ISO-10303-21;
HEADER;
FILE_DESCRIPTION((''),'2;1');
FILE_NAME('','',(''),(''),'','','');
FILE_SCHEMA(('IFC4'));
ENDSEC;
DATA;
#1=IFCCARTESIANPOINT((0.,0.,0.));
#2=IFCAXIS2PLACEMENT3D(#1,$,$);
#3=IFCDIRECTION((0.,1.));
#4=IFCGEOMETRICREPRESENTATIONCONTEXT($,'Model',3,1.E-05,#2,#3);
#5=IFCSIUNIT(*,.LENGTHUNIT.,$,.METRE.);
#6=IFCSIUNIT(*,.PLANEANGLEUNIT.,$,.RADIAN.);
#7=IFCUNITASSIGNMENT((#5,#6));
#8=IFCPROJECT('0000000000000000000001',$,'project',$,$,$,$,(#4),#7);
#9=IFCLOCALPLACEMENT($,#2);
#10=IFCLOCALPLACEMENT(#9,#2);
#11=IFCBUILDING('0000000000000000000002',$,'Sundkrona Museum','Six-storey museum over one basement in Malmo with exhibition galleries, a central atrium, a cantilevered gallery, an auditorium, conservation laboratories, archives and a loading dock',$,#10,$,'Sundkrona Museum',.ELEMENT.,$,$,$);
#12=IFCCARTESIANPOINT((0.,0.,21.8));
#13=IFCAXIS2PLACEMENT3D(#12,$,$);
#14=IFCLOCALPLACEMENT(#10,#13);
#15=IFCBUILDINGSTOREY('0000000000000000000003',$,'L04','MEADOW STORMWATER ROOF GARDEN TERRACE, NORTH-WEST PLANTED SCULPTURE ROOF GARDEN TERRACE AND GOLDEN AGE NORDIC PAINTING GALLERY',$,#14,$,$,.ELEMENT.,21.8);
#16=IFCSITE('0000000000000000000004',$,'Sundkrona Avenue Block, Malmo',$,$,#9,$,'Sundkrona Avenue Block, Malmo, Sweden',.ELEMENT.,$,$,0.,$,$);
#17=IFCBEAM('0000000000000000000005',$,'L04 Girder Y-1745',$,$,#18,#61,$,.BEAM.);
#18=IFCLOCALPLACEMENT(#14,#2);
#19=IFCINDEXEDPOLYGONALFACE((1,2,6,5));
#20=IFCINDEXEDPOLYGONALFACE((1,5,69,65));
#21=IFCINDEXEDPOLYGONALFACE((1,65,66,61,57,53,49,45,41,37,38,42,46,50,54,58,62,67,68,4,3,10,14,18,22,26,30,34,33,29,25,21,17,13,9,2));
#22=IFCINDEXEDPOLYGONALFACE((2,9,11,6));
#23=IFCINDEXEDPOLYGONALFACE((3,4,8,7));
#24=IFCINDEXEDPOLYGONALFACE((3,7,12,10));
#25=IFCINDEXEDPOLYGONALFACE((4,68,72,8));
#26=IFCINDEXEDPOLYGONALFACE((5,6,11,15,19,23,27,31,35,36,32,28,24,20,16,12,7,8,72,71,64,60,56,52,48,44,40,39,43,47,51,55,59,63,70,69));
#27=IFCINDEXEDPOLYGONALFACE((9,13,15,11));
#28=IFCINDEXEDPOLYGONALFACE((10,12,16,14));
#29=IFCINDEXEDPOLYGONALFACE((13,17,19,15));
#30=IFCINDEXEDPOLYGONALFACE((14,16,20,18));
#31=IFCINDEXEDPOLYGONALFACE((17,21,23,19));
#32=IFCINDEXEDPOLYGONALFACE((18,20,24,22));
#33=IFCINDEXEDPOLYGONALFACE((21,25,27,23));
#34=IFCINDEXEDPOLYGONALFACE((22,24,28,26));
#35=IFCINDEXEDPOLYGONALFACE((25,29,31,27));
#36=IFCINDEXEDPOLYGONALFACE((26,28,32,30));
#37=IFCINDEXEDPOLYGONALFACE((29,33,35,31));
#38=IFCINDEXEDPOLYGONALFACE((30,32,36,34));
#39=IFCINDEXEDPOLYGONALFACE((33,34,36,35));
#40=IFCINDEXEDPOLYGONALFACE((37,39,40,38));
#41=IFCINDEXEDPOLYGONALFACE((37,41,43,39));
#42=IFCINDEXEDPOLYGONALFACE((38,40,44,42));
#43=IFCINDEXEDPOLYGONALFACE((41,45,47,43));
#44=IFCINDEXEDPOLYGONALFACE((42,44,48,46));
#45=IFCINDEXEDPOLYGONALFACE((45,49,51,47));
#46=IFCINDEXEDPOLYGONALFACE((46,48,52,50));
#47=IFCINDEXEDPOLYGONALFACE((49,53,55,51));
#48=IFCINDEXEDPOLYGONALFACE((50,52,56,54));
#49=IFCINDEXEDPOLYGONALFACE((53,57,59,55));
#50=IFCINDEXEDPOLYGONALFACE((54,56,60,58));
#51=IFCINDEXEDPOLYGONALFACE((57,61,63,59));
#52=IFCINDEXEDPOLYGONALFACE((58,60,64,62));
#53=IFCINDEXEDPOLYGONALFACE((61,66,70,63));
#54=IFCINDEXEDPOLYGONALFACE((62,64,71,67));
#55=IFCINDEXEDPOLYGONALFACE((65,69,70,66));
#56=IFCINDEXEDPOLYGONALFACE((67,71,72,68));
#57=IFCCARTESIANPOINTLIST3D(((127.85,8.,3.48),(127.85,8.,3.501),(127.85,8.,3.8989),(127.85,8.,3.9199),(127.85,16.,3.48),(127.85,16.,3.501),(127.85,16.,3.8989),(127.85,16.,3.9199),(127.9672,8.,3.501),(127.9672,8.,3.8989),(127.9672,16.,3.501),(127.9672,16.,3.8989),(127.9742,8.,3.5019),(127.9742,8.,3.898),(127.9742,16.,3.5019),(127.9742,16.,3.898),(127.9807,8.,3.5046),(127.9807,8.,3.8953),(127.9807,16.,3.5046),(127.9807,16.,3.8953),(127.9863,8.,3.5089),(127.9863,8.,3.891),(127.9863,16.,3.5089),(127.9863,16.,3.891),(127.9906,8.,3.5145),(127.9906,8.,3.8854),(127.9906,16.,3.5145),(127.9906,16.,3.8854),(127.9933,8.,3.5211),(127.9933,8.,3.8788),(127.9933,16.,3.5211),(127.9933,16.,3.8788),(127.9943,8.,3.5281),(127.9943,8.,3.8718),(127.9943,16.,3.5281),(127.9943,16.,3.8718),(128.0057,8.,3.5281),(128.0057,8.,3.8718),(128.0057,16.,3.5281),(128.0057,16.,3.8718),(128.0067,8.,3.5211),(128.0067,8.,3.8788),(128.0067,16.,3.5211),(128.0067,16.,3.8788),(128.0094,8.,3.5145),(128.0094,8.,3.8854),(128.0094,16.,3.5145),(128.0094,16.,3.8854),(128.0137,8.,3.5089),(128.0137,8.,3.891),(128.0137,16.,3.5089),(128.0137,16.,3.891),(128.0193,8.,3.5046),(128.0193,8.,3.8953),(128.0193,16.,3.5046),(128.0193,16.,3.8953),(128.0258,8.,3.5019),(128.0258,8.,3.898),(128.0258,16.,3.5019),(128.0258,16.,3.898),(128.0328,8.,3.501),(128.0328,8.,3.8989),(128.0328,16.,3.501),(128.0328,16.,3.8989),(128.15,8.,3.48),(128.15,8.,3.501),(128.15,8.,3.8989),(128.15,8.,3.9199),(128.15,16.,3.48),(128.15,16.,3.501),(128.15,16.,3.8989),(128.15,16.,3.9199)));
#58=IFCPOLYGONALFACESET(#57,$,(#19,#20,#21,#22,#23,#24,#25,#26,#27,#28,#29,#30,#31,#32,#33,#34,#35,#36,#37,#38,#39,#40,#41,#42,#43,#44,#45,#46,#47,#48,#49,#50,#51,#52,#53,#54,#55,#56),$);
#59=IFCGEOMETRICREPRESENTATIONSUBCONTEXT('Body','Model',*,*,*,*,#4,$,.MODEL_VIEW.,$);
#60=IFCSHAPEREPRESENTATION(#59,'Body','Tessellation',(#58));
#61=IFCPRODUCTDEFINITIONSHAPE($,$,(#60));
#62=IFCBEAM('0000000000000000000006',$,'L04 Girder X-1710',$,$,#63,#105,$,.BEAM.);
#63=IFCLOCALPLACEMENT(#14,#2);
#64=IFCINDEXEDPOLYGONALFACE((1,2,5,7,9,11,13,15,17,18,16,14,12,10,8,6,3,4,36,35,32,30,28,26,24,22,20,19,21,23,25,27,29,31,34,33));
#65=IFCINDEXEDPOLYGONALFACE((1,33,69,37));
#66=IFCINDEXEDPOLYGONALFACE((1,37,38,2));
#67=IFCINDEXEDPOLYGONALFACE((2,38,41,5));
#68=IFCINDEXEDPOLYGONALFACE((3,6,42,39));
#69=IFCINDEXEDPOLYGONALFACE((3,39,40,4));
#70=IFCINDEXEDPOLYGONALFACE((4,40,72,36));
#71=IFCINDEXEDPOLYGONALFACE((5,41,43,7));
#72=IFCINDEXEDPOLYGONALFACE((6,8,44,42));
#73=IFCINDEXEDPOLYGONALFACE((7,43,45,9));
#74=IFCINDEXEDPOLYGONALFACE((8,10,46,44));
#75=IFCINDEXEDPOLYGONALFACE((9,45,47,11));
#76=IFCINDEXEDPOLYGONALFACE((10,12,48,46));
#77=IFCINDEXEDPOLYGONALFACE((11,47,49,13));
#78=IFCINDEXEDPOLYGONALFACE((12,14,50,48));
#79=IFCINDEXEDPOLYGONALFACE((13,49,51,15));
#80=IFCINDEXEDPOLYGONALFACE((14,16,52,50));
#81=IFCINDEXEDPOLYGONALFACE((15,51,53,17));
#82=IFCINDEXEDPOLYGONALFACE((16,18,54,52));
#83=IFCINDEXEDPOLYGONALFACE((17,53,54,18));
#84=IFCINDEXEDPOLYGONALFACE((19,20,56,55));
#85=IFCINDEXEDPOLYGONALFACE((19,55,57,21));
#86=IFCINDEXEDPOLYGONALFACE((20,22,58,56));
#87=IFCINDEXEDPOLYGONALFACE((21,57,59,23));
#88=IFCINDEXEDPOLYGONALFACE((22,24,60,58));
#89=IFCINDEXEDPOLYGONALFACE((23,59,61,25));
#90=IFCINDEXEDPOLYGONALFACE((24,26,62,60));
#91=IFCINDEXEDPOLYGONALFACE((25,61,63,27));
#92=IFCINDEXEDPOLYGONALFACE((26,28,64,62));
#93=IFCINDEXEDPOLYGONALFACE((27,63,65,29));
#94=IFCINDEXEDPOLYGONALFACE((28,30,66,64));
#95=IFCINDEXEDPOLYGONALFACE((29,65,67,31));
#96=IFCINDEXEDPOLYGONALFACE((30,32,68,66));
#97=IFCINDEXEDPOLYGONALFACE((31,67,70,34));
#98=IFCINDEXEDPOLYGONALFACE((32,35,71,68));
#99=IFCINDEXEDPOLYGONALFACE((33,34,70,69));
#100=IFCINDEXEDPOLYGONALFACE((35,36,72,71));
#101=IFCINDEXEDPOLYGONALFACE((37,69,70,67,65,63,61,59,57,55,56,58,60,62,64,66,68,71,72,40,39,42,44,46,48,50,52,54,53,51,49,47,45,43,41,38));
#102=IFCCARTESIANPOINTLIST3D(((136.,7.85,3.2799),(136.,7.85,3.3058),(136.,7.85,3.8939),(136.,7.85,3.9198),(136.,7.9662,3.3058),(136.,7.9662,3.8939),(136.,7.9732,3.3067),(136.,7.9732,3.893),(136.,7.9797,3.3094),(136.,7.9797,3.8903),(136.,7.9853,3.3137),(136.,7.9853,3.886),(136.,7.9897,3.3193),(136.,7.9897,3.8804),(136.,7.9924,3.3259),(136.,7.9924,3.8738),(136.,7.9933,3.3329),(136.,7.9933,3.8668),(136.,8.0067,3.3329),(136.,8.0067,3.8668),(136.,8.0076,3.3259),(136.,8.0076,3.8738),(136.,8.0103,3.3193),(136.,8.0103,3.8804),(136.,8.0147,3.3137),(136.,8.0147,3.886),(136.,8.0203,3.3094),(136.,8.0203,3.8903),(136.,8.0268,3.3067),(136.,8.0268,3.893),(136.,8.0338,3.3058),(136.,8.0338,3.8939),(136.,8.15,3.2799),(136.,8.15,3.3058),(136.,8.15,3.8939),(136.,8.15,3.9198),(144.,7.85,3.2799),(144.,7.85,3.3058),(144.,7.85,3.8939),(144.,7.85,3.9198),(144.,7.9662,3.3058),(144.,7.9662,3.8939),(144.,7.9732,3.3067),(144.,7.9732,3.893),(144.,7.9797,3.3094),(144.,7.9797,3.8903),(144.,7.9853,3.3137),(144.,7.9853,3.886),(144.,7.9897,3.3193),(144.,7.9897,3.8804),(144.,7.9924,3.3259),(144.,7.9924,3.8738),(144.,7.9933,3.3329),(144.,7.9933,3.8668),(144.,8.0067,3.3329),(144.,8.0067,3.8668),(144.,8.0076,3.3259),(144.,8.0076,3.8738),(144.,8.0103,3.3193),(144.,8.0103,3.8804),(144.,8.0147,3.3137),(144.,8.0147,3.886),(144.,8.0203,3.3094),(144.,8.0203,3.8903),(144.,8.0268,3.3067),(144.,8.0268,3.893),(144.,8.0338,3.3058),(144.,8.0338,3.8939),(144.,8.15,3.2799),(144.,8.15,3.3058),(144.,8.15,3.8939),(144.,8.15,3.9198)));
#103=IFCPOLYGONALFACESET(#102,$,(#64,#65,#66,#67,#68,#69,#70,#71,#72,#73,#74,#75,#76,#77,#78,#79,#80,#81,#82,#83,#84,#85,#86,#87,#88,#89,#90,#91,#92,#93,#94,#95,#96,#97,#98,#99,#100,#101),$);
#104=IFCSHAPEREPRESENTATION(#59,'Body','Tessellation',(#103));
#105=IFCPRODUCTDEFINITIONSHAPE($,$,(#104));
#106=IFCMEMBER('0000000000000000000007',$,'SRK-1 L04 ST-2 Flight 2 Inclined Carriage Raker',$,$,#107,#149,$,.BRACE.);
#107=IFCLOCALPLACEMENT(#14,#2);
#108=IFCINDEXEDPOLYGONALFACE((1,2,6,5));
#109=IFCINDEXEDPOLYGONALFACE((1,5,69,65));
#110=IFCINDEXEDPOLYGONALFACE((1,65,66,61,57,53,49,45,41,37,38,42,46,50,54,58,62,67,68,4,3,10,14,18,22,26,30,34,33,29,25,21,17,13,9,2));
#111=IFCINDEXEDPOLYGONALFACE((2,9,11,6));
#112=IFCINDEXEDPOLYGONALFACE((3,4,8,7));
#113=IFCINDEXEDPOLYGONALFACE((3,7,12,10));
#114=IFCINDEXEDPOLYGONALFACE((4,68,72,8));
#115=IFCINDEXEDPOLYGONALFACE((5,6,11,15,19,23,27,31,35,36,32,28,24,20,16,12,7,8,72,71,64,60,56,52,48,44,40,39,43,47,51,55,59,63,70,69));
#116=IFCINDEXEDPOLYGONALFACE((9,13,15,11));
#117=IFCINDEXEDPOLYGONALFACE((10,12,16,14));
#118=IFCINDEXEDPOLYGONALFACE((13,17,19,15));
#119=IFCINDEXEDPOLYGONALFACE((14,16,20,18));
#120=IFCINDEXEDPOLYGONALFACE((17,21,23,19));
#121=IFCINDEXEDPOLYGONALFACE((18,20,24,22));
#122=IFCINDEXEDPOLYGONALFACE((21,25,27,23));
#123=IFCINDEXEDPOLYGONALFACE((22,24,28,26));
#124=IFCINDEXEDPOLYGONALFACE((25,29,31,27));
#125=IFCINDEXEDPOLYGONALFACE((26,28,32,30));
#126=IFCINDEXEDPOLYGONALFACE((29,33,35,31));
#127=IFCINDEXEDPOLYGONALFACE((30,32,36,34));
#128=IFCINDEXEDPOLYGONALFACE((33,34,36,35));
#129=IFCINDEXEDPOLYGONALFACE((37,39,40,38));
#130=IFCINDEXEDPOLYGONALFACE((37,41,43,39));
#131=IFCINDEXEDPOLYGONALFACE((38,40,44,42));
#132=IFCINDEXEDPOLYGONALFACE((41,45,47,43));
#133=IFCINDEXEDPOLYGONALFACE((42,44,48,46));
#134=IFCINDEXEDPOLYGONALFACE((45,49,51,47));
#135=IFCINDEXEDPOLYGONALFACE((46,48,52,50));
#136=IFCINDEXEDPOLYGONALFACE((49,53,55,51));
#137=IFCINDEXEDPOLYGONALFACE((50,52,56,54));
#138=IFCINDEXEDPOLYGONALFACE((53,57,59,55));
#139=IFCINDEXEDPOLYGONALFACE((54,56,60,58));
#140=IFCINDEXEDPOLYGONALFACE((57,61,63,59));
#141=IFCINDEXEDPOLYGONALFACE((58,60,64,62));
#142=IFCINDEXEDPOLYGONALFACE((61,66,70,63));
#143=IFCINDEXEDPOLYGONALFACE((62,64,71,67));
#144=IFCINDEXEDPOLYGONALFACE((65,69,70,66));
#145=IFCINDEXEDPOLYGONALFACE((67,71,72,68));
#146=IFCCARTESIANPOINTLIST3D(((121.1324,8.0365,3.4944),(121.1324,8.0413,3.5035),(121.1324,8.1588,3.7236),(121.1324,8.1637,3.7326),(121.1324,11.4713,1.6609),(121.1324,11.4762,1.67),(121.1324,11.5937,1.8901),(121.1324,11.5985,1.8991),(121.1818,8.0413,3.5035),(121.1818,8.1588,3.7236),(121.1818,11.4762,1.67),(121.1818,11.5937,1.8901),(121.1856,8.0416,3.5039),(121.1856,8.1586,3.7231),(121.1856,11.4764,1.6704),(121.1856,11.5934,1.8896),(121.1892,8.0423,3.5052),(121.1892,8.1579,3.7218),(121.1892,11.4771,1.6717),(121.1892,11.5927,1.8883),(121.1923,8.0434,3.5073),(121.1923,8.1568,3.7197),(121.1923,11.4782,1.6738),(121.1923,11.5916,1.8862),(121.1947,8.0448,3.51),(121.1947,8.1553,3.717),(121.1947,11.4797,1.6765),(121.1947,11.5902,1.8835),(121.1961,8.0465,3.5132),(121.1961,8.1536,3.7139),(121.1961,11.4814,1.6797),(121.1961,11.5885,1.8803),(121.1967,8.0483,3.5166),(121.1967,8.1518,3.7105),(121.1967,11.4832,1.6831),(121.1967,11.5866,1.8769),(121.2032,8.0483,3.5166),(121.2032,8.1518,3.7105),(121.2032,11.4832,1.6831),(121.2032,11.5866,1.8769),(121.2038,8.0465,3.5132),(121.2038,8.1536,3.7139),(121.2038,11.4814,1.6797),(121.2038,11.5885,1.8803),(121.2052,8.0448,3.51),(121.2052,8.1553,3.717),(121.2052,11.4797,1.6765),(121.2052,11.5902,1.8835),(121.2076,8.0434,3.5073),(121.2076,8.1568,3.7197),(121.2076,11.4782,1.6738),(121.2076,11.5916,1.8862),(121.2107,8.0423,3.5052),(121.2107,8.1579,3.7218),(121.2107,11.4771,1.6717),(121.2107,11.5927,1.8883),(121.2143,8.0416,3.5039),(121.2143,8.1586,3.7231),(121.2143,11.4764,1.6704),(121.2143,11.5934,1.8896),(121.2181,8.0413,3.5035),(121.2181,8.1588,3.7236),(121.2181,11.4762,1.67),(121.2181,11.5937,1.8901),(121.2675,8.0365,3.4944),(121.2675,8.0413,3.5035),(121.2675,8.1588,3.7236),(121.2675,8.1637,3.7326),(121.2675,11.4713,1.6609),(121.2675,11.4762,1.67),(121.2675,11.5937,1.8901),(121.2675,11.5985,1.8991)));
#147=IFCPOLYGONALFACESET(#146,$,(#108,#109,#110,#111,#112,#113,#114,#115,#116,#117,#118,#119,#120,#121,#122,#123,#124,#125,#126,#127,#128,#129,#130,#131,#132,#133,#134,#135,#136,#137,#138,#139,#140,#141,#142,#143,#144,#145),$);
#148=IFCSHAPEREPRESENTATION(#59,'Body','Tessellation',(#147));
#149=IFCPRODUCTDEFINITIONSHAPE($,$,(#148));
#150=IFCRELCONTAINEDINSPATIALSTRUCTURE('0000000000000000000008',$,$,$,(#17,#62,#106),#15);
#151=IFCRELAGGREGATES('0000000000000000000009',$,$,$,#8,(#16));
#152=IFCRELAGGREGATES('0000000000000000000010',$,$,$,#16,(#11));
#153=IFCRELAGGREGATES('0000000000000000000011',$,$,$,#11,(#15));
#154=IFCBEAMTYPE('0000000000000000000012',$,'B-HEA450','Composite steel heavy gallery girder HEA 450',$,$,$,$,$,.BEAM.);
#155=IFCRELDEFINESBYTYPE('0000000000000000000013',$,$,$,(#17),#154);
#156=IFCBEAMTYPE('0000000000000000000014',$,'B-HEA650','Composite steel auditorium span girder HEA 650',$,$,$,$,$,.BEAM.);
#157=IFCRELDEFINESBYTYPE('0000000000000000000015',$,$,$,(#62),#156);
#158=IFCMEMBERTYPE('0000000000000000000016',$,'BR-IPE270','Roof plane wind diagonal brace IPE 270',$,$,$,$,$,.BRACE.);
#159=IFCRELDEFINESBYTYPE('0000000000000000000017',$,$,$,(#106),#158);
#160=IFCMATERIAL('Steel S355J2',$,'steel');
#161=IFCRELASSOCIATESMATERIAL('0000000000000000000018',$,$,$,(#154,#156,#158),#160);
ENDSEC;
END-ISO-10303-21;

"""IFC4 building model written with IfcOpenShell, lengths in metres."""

from ifc_helpers import new_model, si_unit, direction, frame, origin, origin_2d, place, context, subcontext, project, spatial, i_section, extrude, material, material_profile, profile_set, type_object, element, save


model = new_model("IFC4")

# Units and contexts
model_context = context("Model", 3, precision=1e-05, world=origin(), true_north=direction((0.0, 1.0)))
body_context = subcontext(model_context, "Body", "Model", "MODEL_VIEW")
ifc_project = project(units=[si_unit("LENGTHUNIT", "METRE"), si_unit("PLANEANGLEUNIT", "RADIAN")], contexts=[model_context])

# Site, building, storey
site_placement = place(None, origin())
site = spatial("IfcSite", under=ifc_project, at=site_placement, Name="Sundkrona Avenue Block, Malmo", LongName="Sundkrona Avenue Block, Malmo, Sweden", CompositionType="ELEMENT", RefElevation=0.0)
building_placement = place(site_placement, origin())
building = spatial("IfcBuilding", under=site, at=building_placement, Name="Sundkrona Museum", Description="Six-storey museum over one basement in Malmo with exhibition galleries, a central atrium, a cantilevered gallery, an auditorium, conservation laboratories, archives and a loading dock", LongName="Sundkrona Museum", CompositionType="ELEMENT")
storey_placement = place(building_placement, frame((0.0, 0.0, 21.8)))
storey = spatial("IfcBuildingStorey", under=building, at=storey_placement, Name="L04", Description="MEADOW STORMWATER ROOF GARDEN TERRACE, NORTH-WEST PLANTED SCULPTURE ROOF GARDEN TERRACE AND GOLDEN AGE NORDIC PAINTING GALLERY", CompositionType="ELEMENT", Elevation=21.8)

# Shared definitions
ifc_material_1 = material(Name="Steel S355J2", Category="steel")

# Beams
ifc_material_profile_1 = material_profile(ifc_material_1, i_section(OverallWidth=0.3, OverallDepth=0.4399, WebThickness=0.0115, FlangeThickness=0.021, FilletRadius=0.0271, at=origin_2d()), Name="HEA 450")
ifc_profile_set_1 = profile_set([ifc_material_profile_1], Name="Steel S355J2")
beam_type_1 = type_object("IfcBeamType", Name="B-HEA450", Description="Composite steel heavy gallery girder HEA 450", PredefinedType="BEAM", material=ifc_profile_set_1)
for number, where, z_axis, x_axis, name in (
    (1, (128.0, 8.0, 3.7), (0.0, 1.0, 0.0), (-1.0, 0.0, 0.0), "L04 Girder Y-1745"),
):
    element("IfcBeam", number, at=place(storey_placement, frame(where, z_axis=z_axis, x_axis=x_axis)), inside=storey, type_object=beam_type_1, Name=name, PredefinedType="BEAM", context=body_context, shape_type="SweptSolid", body=[
        extrude(i_section(OverallWidth=0.3, OverallDepth=0.4399, WebThickness=0.0115, FlangeThickness=0.021, FilletRadius=0.0271, at=origin_2d()), origin(), (0.0, 0.0, 1.0), 8.0),
    ])
ifc_material_profile_2 = material_profile(ifc_material_1, i_section(OverallWidth=0.3, OverallDepth=0.6399, WebThickness=0.0134, FlangeThickness=0.0259, FilletRadius=0.0271, at=origin_2d()), Name="HEA 650")
ifc_profile_set_2 = profile_set([ifc_material_profile_2], Name="Steel S355J2")
beam_type_2 = type_object("IfcBeamType", Name="B-HEA650", Description="Composite steel auditorium span girder HEA 650", PredefinedType="BEAM", material=ifc_profile_set_2)
beam_placement = place(storey_placement, frame((136.0, 8.0, 3.5999), z_axis=(1.0, 0.0, 0.0), x_axis=(0.0, 1.0, 0.0)))
element("IfcBeam", 2, at=beam_placement, inside=storey, type_object=beam_type_2, Name="L04 Girder X-1710", PredefinedType="BEAM", context=body_context, shape_type="SweptSolid", body=[
    extrude(i_section(OverallWidth=0.3, OverallDepth=0.6399, WebThickness=0.0134, FlangeThickness=0.0259, FilletRadius=0.0271, at=origin_2d()), origin(), (0.0, 0.0, 1.0), 8.0),
])

# Member
ifc_material_profile_3 = material_profile(ifc_material_1, i_section(OverallWidth=0.135, OverallDepth=0.27, WebThickness=0.0066, FlangeThickness=0.0103, FilletRadius=0.0149, at=origin_2d()), Name="IPE 270")
ifc_profile_set_3 = profile_set([ifc_material_profile_3], Name="Steel S355J2")
member_type = type_object("IfcMemberType", Name="BR-IPE270", Description="Roof plane wind diagonal brace IPE 270", PredefinedType="BRACE", material=ifc_profile_set_3)
member_placement = place(storey_placement, frame((121.2, 11.5349, 1.78), z_axis=(0.0, -0.882183, 0.470907), x_axis=(1.0, 0.0, 0.0)))
element("IfcMember", 3, at=member_placement, inside=storey, type_object=member_type, Name="SRK-1 L04 ST-2 Flight 2 Inclined Carriage Raker", PredefinedType="BRACE", context=body_context, shape_type="SweptSolid", body=[
    extrude(i_section(OverallWidth=0.135, OverallDepth=0.27, WebThickness=0.0066, FlangeThickness=0.0103, FilletRadius=0.0149, at=origin_2d()), origin(), (0.0, 0.0, 1.0), 3.8936),
])

save(model, "model.ifc")
